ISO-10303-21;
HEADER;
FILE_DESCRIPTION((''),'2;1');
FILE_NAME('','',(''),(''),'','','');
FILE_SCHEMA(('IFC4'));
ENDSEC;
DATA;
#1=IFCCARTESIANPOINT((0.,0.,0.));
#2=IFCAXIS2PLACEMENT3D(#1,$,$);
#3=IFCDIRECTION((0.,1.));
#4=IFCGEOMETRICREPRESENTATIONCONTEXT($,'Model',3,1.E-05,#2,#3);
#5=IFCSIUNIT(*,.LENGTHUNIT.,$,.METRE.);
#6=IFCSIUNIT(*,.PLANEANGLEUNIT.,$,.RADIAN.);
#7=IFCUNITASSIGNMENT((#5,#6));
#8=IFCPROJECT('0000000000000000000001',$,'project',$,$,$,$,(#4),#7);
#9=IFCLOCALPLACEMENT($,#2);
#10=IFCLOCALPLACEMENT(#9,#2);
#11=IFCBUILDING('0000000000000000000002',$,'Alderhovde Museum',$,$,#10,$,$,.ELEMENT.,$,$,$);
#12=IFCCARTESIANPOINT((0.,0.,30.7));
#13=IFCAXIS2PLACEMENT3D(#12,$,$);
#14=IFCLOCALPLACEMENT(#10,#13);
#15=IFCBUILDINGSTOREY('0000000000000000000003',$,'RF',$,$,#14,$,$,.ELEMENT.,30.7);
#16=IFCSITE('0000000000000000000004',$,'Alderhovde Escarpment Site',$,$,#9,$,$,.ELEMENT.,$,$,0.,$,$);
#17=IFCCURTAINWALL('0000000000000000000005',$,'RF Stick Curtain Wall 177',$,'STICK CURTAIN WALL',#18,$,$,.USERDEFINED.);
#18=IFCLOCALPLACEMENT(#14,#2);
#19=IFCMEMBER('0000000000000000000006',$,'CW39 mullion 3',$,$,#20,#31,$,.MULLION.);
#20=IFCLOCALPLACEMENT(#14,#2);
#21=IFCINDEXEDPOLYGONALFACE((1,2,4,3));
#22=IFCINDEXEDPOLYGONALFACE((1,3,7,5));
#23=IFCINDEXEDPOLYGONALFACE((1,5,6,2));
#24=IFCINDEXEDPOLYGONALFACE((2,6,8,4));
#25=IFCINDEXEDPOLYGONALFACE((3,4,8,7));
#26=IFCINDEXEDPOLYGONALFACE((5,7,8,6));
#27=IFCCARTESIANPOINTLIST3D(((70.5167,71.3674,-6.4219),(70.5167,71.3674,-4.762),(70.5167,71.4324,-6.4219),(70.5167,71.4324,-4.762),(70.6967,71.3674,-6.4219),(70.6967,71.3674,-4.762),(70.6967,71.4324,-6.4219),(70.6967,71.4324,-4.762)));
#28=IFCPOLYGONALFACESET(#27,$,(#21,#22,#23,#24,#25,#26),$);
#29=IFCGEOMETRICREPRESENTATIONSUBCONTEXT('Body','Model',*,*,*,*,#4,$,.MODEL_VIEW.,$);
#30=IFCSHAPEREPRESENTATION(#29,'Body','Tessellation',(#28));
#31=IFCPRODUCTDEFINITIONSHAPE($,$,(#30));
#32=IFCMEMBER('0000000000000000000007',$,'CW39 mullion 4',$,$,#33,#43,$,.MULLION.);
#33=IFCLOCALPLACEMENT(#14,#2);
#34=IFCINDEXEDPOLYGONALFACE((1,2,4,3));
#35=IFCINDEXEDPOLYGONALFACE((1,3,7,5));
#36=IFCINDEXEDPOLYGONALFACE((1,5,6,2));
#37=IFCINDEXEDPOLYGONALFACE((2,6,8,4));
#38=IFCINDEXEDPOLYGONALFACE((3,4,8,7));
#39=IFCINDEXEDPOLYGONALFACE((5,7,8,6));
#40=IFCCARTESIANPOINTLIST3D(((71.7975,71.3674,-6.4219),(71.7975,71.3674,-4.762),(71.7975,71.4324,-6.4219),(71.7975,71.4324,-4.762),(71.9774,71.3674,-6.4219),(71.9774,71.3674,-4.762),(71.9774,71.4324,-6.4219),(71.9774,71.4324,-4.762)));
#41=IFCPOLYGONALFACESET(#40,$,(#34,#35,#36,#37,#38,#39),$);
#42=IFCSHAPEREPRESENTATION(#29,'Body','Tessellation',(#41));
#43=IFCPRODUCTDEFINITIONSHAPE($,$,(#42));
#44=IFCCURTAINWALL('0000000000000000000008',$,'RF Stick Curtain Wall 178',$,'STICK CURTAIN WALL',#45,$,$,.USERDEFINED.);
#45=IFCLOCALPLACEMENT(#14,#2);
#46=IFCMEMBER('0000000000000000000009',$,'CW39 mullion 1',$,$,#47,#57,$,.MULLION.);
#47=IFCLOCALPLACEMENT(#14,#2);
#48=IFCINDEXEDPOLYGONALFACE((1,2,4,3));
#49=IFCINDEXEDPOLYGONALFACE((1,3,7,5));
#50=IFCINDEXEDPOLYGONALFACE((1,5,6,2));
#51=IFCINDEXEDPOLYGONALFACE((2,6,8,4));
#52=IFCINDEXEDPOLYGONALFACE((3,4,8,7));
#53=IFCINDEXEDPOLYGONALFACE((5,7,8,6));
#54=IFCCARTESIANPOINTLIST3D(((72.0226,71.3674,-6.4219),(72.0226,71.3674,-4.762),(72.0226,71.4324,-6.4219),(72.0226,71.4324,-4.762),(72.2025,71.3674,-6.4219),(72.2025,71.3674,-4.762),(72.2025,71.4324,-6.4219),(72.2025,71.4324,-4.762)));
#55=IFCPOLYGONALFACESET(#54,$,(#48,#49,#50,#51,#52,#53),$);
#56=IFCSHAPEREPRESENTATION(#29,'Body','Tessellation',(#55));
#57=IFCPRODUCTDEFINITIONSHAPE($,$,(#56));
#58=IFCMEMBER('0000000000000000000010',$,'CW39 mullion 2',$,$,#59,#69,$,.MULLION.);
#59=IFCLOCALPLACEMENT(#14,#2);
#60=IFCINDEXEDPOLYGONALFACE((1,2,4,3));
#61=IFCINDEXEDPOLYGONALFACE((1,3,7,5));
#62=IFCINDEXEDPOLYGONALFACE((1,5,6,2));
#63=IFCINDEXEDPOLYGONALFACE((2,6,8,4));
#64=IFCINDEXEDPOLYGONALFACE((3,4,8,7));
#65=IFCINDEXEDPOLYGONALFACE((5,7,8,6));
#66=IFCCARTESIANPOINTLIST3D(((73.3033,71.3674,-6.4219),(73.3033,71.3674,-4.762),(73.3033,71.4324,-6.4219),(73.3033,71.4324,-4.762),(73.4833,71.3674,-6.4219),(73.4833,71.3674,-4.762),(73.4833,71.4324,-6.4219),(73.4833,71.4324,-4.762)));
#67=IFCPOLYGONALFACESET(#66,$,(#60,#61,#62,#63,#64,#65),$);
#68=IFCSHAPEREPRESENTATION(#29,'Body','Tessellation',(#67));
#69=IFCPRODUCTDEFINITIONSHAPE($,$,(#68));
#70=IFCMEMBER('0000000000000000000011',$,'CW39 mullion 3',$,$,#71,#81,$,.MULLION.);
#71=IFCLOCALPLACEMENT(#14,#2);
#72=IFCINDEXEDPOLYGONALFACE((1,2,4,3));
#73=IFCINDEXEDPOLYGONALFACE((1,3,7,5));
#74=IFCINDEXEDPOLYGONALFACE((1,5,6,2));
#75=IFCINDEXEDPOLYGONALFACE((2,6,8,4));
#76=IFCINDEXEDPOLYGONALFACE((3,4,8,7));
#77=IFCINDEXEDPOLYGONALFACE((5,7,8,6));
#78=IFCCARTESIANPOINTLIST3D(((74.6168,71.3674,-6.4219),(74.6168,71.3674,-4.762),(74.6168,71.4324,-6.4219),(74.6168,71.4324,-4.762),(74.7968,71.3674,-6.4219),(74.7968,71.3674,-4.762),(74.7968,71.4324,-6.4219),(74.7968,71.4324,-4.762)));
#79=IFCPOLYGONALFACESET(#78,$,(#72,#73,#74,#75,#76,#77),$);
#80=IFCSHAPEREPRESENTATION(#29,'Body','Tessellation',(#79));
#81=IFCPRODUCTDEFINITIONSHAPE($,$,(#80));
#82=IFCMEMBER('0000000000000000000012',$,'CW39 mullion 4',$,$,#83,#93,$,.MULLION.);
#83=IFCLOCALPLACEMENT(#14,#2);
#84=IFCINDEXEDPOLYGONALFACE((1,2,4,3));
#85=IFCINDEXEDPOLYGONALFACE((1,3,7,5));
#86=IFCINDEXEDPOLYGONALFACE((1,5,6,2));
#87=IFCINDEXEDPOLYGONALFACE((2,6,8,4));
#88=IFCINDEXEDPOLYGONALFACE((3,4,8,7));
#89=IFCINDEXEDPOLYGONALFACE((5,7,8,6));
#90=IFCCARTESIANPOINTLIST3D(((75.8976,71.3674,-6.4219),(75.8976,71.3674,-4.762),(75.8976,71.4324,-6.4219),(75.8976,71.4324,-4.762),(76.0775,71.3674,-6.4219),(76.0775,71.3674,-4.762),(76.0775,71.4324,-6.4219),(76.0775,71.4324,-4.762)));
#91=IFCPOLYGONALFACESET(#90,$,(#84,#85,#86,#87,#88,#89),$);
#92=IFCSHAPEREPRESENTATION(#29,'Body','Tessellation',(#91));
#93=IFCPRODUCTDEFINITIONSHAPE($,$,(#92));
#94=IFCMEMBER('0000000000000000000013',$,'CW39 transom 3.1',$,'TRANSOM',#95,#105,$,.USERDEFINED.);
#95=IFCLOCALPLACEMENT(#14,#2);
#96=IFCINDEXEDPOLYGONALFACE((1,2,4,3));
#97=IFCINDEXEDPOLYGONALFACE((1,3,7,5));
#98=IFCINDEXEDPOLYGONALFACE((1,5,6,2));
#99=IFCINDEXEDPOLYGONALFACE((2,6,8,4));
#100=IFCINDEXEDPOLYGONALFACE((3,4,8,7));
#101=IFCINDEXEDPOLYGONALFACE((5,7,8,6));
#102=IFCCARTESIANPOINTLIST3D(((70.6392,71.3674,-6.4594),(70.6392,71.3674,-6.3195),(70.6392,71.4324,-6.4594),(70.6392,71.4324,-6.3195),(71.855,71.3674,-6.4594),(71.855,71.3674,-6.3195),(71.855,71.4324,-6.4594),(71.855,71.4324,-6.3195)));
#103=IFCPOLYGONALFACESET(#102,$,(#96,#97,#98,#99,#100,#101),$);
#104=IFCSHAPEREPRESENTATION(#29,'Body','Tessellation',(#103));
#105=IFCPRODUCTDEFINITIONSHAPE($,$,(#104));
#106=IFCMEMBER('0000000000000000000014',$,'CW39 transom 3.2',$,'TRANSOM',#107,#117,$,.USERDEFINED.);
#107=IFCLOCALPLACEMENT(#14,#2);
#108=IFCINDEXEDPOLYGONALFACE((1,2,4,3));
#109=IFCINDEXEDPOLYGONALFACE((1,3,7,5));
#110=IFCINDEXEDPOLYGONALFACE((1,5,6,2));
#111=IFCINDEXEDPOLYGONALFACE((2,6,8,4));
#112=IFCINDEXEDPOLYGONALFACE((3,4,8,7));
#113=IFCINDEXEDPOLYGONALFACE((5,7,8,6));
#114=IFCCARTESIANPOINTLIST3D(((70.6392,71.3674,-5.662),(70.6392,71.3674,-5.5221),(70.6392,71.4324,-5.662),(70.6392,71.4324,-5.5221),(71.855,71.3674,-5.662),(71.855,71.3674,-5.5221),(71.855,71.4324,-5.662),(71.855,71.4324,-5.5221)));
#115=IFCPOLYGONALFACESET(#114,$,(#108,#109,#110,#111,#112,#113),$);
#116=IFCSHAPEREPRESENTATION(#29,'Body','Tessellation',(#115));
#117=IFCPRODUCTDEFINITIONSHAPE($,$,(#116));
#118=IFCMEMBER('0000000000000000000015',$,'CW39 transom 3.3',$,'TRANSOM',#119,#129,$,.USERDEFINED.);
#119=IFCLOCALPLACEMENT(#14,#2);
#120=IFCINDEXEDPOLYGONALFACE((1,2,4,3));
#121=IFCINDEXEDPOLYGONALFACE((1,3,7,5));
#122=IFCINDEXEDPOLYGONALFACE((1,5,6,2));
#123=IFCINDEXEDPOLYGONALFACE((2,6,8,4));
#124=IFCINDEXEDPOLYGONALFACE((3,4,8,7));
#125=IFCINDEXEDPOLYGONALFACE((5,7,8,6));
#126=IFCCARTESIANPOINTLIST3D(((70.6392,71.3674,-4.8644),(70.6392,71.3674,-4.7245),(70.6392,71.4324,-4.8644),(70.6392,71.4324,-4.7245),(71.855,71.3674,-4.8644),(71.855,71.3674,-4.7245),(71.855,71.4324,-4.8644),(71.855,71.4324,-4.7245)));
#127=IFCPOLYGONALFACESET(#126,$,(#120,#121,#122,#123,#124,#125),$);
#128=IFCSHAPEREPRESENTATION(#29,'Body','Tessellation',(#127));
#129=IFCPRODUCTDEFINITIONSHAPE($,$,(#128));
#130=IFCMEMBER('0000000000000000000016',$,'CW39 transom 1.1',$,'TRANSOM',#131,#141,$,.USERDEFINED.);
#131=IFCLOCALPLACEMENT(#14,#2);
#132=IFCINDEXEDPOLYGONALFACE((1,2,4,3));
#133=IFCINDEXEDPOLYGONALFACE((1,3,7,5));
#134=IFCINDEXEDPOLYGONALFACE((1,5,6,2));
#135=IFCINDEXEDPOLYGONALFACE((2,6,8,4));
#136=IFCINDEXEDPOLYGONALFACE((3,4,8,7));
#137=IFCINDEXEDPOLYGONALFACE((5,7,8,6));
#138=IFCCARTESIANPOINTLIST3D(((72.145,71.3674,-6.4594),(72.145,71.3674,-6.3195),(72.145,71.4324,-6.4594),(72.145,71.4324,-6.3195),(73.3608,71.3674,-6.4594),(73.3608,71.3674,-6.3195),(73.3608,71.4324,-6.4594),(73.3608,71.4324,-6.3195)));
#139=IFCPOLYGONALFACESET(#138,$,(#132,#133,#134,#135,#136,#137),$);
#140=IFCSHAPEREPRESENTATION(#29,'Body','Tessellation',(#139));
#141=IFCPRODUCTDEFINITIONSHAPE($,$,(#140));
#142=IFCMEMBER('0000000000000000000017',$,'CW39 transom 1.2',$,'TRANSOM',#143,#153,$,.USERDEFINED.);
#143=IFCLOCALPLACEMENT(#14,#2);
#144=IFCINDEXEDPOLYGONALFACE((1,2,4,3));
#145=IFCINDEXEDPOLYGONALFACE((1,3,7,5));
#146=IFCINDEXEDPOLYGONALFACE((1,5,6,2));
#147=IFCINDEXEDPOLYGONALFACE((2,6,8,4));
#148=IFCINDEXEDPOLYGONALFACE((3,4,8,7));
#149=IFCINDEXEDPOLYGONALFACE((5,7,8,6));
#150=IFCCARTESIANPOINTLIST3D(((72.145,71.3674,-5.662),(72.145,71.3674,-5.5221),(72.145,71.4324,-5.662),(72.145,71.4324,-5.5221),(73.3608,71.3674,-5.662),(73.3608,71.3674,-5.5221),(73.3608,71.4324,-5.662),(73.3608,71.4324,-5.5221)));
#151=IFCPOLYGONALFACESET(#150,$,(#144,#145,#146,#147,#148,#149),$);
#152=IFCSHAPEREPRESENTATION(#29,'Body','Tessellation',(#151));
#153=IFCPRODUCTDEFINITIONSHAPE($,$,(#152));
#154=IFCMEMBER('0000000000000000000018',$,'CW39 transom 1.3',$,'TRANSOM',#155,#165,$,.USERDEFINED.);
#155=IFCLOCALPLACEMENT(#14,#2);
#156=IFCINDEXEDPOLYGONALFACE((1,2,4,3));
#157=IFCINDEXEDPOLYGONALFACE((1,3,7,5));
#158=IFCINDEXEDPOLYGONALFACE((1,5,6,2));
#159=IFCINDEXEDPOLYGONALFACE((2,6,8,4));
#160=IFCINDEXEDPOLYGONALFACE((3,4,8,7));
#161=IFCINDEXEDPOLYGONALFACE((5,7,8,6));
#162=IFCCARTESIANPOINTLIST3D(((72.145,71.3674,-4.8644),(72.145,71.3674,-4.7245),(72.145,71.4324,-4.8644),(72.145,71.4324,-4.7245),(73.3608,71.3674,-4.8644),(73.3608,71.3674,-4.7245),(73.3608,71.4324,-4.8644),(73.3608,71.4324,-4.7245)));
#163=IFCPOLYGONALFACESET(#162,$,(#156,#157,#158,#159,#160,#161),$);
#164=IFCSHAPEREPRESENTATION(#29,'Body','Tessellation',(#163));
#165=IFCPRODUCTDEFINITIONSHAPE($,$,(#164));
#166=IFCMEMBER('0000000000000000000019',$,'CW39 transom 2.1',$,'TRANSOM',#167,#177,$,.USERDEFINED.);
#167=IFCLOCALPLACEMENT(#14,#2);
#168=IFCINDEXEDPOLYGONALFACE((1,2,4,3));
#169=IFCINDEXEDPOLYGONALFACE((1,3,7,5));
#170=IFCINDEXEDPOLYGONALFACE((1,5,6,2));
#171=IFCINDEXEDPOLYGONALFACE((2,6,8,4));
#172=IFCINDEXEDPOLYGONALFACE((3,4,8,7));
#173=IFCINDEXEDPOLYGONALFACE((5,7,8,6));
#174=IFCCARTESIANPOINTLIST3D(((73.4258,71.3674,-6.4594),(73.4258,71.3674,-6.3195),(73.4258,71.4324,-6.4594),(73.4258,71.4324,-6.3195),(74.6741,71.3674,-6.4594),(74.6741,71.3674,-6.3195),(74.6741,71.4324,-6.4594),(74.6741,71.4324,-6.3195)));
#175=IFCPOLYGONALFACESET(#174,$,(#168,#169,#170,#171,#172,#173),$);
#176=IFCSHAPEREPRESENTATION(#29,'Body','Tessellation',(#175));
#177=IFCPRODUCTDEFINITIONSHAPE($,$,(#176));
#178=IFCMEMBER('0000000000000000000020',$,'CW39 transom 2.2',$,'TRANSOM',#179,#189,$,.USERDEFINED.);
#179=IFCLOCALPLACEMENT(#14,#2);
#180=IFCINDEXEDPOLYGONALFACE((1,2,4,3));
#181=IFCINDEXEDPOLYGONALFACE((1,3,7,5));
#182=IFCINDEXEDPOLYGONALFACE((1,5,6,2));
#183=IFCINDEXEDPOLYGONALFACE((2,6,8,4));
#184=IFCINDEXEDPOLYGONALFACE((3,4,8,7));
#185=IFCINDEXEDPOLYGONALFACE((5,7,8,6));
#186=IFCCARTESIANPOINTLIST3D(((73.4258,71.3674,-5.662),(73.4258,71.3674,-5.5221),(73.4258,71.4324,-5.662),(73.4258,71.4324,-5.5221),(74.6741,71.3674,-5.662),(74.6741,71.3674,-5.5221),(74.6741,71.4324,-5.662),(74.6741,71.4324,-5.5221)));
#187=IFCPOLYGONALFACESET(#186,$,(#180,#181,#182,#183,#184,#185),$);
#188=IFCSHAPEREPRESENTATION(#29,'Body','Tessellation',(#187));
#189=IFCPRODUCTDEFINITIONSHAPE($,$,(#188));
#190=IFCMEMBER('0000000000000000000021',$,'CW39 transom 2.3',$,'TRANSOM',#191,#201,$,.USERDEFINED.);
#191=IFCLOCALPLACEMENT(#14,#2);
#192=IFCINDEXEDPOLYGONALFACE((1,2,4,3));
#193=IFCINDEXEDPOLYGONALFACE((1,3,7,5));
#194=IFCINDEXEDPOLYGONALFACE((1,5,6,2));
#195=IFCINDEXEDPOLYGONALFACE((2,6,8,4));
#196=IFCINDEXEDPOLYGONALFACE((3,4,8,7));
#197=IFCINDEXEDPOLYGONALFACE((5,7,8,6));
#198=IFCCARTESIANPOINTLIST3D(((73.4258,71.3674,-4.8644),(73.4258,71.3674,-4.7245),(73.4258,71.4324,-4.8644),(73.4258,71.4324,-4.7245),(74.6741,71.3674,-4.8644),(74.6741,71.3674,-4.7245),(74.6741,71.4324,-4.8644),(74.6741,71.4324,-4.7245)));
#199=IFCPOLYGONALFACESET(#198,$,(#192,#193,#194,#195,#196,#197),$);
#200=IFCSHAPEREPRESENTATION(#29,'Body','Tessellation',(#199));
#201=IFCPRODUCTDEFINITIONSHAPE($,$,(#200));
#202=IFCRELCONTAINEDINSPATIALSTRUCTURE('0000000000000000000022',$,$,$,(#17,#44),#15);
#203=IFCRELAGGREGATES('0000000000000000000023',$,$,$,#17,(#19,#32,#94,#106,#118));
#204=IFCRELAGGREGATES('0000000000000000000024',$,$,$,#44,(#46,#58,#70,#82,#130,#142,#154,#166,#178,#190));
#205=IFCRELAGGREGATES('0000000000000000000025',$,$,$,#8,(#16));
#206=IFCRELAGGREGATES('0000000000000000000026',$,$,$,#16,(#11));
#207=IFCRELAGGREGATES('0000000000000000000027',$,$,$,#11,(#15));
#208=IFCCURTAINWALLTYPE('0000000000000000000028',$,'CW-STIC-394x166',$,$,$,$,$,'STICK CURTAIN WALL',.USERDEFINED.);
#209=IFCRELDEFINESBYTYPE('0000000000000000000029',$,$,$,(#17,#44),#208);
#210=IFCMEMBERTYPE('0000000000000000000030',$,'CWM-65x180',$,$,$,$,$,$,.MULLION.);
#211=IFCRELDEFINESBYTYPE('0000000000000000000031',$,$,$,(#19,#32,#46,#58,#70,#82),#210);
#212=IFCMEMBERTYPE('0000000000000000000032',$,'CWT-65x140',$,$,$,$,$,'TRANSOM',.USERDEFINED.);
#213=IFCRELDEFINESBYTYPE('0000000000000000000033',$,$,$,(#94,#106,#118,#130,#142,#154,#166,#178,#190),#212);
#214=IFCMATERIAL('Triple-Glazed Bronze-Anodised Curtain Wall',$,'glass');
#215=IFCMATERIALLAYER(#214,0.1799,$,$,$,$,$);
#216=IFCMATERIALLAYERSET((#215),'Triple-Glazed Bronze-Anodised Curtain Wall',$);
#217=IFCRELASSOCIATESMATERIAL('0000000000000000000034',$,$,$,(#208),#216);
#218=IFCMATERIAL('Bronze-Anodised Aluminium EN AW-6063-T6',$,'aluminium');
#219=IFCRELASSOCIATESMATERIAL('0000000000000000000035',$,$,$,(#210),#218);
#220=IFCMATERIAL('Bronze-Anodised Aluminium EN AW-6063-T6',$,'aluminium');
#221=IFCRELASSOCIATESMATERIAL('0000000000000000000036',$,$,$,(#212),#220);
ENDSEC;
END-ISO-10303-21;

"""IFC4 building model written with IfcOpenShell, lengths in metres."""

from ifc_helpers import new_model, si_unit, direction, frame, origin, origin_2d, place, context, subcontext, project, spatial, rectangle, extrude, material, layer, layer_set, material_profile, profile_set, type_object, element, aggregate, save


model = new_model("IFC4")

# Units and contexts
model_context = context("Model", 3, precision=1e-05, world=origin(), true_north=direction((0.0, 1.0)))
body_context = subcontext(model_context, "Body", "Model", "MODEL_VIEW")
ifc_project = project(units=[si_unit("LENGTHUNIT", "METRE"), si_unit("PLANEANGLEUNIT", "RADIAN")], contexts=[model_context])

# Site, building, storey
site_placement = place(None, origin())
site = spatial("IfcSite", under=ifc_project, at=site_placement, Name="Alderhovde Escarpment Site", CompositionType="ELEMENT", RefElevation=0.0)
building_placement = place(site_placement, origin())
building = spatial("IfcBuilding", under=site, at=building_placement, Name="Alderhovde Museum", CompositionType="ELEMENT")
storey_placement = place(building_placement, frame((0.0, 0.0, 30.7)))
storey = spatial("IfcBuildingStorey", under=building, at=storey_placement, Name="RF", CompositionType="ELEMENT", Elevation=30.7)

# Curtain walls, members
ifc_material_1 = material(Name="Triple-Glazed Bronze-Anodised Curtain Wall", Category="glass")
ifc_layer_1 = layer(ifc_material_1, 0.1799)
ifc_layer_set_1 = layer_set([ifc_layer_1], Name="Triple-Glazed Bronze-Anodised Curtain Wall")
curtain_wall_type = type_object("IfcCurtainWallType", Name="CW-STIC-394x166", ElementType="STICK CURTAIN WALL", PredefinedType="USERDEFINED", material=ifc_layer_set_1)
curtain_wall_1_placement = place(storey_placement, origin())
curtain_wall_1 = element("IfcCurtainWall", 1, at=curtain_wall_1_placement, inside=storey, type_object=curtain_wall_type, Name="RF Stick Curtain Wall 177", ObjectType="STICK CURTAIN WALL", PredefinedType="USERDEFINED")
ifc_material_2 = material(Name="Bronze-Anodised Aluminium EN AW-6063-T6", Category="aluminium")
ifc_material_profile_1 = material_profile(ifc_material_2, rectangle(XDim=0.0649, YDim=0.1799, at=origin_2d()), Name="MULLION 65x180")
ifc_profile_set_1 = profile_set([ifc_material_profile_1], Name="Bronze-Anodised Aluminium EN AW-6063-T6")
member_type_1 = type_object("IfcMemberType", Name="CWM-65x180", PredefinedType="MULLION", material=ifc_profile_set_1)
member_1_placement = place(storey_placement, frame((70.6067, 71.3999, -6.4219), z_axis=(0.0, 0.0, 1.0), x_axis=(0.0, 1.0, 0.0)))
member_1 = element("IfcMember", 2, at=member_1_placement, type_object=member_type_1, Name="CW39 mullion 3", PredefinedType="MULLION", context=body_context, shape_type="SweptSolid", body=[
    extrude(rectangle(XDim=0.0649, YDim=0.1799, at=origin_2d()), origin(), (0.0, 0.0, 1.0), 1.6599),
])
member_2_placement = place(storey_placement, frame((71.8875, 71.3999, -6.4219), z_axis=(0.0, 0.0, 1.0), x_axis=(0.0, 1.0, 0.0)))
member_2 = element("IfcMember", 3, at=member_2_placement, type_object=member_type_1, Name="CW39 mullion 4", PredefinedType="MULLION", context=body_context, shape_type="SweptSolid", body=[
    extrude(rectangle(XDim=0.0649, YDim=0.1799, at=origin_2d()), origin(), (0.0, 0.0, 1.0), 1.6599),
])
curtain_wall_2_placement = place(storey_placement, origin())
curtain_wall_2 = element("IfcCurtainWall", 4, at=curtain_wall_2_placement, inside=storey, type_object=curtain_wall_type, Name="RF Stick Curtain Wall 178", ObjectType="STICK CURTAIN WALL", PredefinedType="USERDEFINED")
member_3_placement = place(storey_placement, frame((72.1125, 71.3999, -6.4219), z_axis=(0.0, 0.0, 1.0), x_axis=(0.0, 1.0, 0.0)))
member_3 = element("IfcMember", 5, at=member_3_placement, type_object=member_type_1, Name="CW39 mullion 1", PredefinedType="MULLION", context=body_context, shape_type="SweptSolid", body=[
    extrude(rectangle(XDim=0.0649, YDim=0.1799, at=origin_2d()), origin(), (0.0, 0.0, 1.0), 1.6599),
])
member_4_placement = place(storey_placement, frame((73.3933, 71.3999, -6.4219), z_axis=(0.0, 0.0, 1.0), x_axis=(0.0, 1.0, 0.0)))
member_4 = element("IfcMember", 6, at=member_4_placement, type_object=member_type_1, Name="CW39 mullion 2", PredefinedType="MULLION", context=body_context, shape_type="SweptSolid", body=[
    extrude(rectangle(XDim=0.0649, YDim=0.1799, at=origin_2d()), origin(), (0.0, 0.0, 1.0), 1.6599),
])
member_5_placement = place(storey_placement, frame((74.7068, 71.3999, -6.4219), z_axis=(0.0, 0.0, 1.0), x_axis=(0.0, 1.0, 0.0)))
member_5 = element("IfcMember", 7, at=member_5_placement, type_object=member_type_1, Name="CW39 mullion 3", PredefinedType="MULLION", context=body_context, shape_type="SweptSolid", body=[
    extrude(rectangle(XDim=0.0649, YDim=0.1799, at=origin_2d()), origin(), (0.0, 0.0, 1.0), 1.6599),
])
member_6_placement = place(storey_placement, frame((75.9875, 71.3999, -6.4219), z_axis=(0.0, 0.0, 1.0), x_axis=(0.0, 1.0, 0.0)))
member_6 = element("IfcMember", 8, at=member_6_placement, type_object=member_type_1, Name="CW39 mullion 4", PredefinedType="MULLION", context=body_context, shape_type="SweptSolid", body=[
    extrude(rectangle(XDim=0.0649, YDim=0.1799, at=origin_2d()), origin(), (0.0, 0.0, 1.0), 1.6599),
])

# Members
ifc_material_3 = material(Name="Bronze-Anodised Aluminium EN AW-6063-T6", Category="aluminium")
ifc_material_profile_2 = material_profile(ifc_material_3, rectangle(XDim=0.0649, YDim=0.1399, at=origin_2d()), Name="TRANSOM 65x140")
ifc_profile_set_2 = profile_set([ifc_material_profile_2], Name="Bronze-Anodised Aluminium EN AW-6063-T6")
member_type_2 = type_object("IfcMemberType", Name="CWT-65x140", ElementType="TRANSOM", PredefinedType="USERDEFINED", material=ifc_profile_set_2)
member_7_placement = place(storey_placement, frame((70.6392, 71.3999, -6.3894), z_axis=(1.0, 0.0, 0.0), x_axis=(0.0, 1.0, 0.0)))
member_7 = element("IfcMember", 9, at=member_7_placement, type_object=member_type_2, Name="CW39 transom 3.1", ObjectType="TRANSOM", PredefinedType="USERDEFINED", context=body_context, shape_type="SweptSolid", body=[
    extrude(rectangle(XDim=0.0649, YDim=0.1399, at=origin_2d()), origin(), (0.0, 0.0, 1.0), 1.2158),
])
member_8_placement = place(storey_placement, frame((70.6392, 71.3999, -5.592), z_axis=(1.0, 0.0, 0.0), x_axis=(0.0, 1.0, 0.0)))
member_8 = element("IfcMember", 10, at=member_8_placement, type_object=member_type_2, Name="CW39 transom 3.2", ObjectType="TRANSOM", PredefinedType="USERDEFINED", context=body_context, shape_type="SweptSolid", body=[
    extrude(rectangle(XDim=0.0649, YDim=0.1399, at=origin_2d()), origin(), (0.0, 0.0, 1.0), 1.2158),
])
member_9_placement = place(storey_placement, frame((70.6392, 71.3999, -4.7944), z_axis=(1.0, 0.0, 0.0), x_axis=(0.0, 1.0, 0.0)))
member_9 = element("IfcMember", 11, at=member_9_placement, type_object=member_type_2, Name="CW39 transom 3.3", ObjectType="TRANSOM", PredefinedType="USERDEFINED", context=body_context, shape_type="SweptSolid", body=[
    extrude(rectangle(XDim=0.0649, YDim=0.1399, at=origin_2d()), origin(), (0.0, 0.0, 1.0), 1.2158),
])
member_10_placement = place(storey_placement, frame((72.145, 71.3999, -6.3894), z_axis=(1.0, 0.0, 0.0), x_axis=(0.0, 1.0, 0.0)))
member_10 = element("IfcMember", 12, at=member_10_placement, type_object=member_type_2, Name="CW39 transom 1.1", ObjectType="TRANSOM", PredefinedType="USERDEFINED", context=body_context, shape_type="SweptSolid", body=[
    extrude(rectangle(XDim=0.0649, YDim=0.1399, at=origin_2d()), origin(), (0.0, 0.0, 1.0), 1.2158),
])
member_11_placement = place(storey_placement, frame((72.145, 71.3999, -5.592), z_axis=(1.0, 0.0, 0.0), x_axis=(0.0, 1.0, 0.0)))
member_11 = element("IfcMember", 13, at=member_11_placement, type_object=member_type_2, Name="CW39 transom 1.2", ObjectType="TRANSOM", PredefinedType="USERDEFINED", context=body_context, shape_type="SweptSolid", body=[
    extrude(rectangle(XDim=0.0649, YDim=0.1399, at=origin_2d()), origin(), (0.0, 0.0, 1.0), 1.2158),
])
member_12_placement = place(storey_placement, frame((72.145, 71.3999, -4.7944), z_axis=(1.0, 0.0, 0.0), x_axis=(0.0, 1.0, 0.0)))
member_12 = element("IfcMember", 14, at=member_12_placement, type_object=member_type_2, Name="CW39 transom 1.3", ObjectType="TRANSOM", PredefinedType="USERDEFINED", context=body_context, shape_type="SweptSolid", body=[
    extrude(rectangle(XDim=0.0649, YDim=0.1399, at=origin_2d()), origin(), (0.0, 0.0, 1.0), 1.2158),
])
member_13_placement = place(storey_placement, frame((73.4258, 71.3999, -6.3894), z_axis=(1.0, 0.0, 0.0), x_axis=(0.0, 1.0, 0.0)))
member_13 = element("IfcMember", 15, at=member_13_placement, type_object=member_type_2, Name="CW39 transom 2.1", ObjectType="TRANSOM", PredefinedType="USERDEFINED", context=body_context, shape_type="SweptSolid", body=[
    extrude(rectangle(XDim=0.0649, YDim=0.1399, at=origin_2d()), origin(), (0.0, 0.0, 1.0), 1.2483),
])
member_14_placement = place(storey_placement, frame((73.4258, 71.3999, -5.592), z_axis=(1.0, 0.0, 0.0), x_axis=(0.0, 1.0, 0.0)))
member_14 = element("IfcMember", 16, at=member_14_placement, type_object=member_type_2, Name="CW39 transom 2.2", ObjectType="TRANSOM", PredefinedType="USERDEFINED", context=body_context, shape_type="SweptSolid", body=[
    extrude(rectangle(XDim=0.0649, YDim=0.1399, at=origin_2d()), origin(), (0.0, 0.0, 1.0), 1.2483),
])
member_15_placement = place(storey_placement, frame((73.4258, 71.3999, -4.7944), z_axis=(1.0, 0.0, 0.0), x_axis=(0.0, 1.0, 0.0)))
member_15 = element("IfcMember", 17, at=member_15_placement, type_object=member_type_2, Name="CW39 transom 2.3", ObjectType="TRANSOM", PredefinedType="USERDEFINED", context=body_context, shape_type="SweptSolid", body=[
    extrude(rectangle(XDim=0.0649, YDim=0.1399, at=origin_2d()), origin(), (0.0, 0.0, 1.0), 1.2483),
])

aggregate(curtain_wall_1, [member_1, member_2, member_7, member_8, member_9])
aggregate(curtain_wall_2, [member_3, member_4, member_5, member_6, member_10, member_11, member_12, member_13, member_14, member_15])

save(model, "model.ifc")
